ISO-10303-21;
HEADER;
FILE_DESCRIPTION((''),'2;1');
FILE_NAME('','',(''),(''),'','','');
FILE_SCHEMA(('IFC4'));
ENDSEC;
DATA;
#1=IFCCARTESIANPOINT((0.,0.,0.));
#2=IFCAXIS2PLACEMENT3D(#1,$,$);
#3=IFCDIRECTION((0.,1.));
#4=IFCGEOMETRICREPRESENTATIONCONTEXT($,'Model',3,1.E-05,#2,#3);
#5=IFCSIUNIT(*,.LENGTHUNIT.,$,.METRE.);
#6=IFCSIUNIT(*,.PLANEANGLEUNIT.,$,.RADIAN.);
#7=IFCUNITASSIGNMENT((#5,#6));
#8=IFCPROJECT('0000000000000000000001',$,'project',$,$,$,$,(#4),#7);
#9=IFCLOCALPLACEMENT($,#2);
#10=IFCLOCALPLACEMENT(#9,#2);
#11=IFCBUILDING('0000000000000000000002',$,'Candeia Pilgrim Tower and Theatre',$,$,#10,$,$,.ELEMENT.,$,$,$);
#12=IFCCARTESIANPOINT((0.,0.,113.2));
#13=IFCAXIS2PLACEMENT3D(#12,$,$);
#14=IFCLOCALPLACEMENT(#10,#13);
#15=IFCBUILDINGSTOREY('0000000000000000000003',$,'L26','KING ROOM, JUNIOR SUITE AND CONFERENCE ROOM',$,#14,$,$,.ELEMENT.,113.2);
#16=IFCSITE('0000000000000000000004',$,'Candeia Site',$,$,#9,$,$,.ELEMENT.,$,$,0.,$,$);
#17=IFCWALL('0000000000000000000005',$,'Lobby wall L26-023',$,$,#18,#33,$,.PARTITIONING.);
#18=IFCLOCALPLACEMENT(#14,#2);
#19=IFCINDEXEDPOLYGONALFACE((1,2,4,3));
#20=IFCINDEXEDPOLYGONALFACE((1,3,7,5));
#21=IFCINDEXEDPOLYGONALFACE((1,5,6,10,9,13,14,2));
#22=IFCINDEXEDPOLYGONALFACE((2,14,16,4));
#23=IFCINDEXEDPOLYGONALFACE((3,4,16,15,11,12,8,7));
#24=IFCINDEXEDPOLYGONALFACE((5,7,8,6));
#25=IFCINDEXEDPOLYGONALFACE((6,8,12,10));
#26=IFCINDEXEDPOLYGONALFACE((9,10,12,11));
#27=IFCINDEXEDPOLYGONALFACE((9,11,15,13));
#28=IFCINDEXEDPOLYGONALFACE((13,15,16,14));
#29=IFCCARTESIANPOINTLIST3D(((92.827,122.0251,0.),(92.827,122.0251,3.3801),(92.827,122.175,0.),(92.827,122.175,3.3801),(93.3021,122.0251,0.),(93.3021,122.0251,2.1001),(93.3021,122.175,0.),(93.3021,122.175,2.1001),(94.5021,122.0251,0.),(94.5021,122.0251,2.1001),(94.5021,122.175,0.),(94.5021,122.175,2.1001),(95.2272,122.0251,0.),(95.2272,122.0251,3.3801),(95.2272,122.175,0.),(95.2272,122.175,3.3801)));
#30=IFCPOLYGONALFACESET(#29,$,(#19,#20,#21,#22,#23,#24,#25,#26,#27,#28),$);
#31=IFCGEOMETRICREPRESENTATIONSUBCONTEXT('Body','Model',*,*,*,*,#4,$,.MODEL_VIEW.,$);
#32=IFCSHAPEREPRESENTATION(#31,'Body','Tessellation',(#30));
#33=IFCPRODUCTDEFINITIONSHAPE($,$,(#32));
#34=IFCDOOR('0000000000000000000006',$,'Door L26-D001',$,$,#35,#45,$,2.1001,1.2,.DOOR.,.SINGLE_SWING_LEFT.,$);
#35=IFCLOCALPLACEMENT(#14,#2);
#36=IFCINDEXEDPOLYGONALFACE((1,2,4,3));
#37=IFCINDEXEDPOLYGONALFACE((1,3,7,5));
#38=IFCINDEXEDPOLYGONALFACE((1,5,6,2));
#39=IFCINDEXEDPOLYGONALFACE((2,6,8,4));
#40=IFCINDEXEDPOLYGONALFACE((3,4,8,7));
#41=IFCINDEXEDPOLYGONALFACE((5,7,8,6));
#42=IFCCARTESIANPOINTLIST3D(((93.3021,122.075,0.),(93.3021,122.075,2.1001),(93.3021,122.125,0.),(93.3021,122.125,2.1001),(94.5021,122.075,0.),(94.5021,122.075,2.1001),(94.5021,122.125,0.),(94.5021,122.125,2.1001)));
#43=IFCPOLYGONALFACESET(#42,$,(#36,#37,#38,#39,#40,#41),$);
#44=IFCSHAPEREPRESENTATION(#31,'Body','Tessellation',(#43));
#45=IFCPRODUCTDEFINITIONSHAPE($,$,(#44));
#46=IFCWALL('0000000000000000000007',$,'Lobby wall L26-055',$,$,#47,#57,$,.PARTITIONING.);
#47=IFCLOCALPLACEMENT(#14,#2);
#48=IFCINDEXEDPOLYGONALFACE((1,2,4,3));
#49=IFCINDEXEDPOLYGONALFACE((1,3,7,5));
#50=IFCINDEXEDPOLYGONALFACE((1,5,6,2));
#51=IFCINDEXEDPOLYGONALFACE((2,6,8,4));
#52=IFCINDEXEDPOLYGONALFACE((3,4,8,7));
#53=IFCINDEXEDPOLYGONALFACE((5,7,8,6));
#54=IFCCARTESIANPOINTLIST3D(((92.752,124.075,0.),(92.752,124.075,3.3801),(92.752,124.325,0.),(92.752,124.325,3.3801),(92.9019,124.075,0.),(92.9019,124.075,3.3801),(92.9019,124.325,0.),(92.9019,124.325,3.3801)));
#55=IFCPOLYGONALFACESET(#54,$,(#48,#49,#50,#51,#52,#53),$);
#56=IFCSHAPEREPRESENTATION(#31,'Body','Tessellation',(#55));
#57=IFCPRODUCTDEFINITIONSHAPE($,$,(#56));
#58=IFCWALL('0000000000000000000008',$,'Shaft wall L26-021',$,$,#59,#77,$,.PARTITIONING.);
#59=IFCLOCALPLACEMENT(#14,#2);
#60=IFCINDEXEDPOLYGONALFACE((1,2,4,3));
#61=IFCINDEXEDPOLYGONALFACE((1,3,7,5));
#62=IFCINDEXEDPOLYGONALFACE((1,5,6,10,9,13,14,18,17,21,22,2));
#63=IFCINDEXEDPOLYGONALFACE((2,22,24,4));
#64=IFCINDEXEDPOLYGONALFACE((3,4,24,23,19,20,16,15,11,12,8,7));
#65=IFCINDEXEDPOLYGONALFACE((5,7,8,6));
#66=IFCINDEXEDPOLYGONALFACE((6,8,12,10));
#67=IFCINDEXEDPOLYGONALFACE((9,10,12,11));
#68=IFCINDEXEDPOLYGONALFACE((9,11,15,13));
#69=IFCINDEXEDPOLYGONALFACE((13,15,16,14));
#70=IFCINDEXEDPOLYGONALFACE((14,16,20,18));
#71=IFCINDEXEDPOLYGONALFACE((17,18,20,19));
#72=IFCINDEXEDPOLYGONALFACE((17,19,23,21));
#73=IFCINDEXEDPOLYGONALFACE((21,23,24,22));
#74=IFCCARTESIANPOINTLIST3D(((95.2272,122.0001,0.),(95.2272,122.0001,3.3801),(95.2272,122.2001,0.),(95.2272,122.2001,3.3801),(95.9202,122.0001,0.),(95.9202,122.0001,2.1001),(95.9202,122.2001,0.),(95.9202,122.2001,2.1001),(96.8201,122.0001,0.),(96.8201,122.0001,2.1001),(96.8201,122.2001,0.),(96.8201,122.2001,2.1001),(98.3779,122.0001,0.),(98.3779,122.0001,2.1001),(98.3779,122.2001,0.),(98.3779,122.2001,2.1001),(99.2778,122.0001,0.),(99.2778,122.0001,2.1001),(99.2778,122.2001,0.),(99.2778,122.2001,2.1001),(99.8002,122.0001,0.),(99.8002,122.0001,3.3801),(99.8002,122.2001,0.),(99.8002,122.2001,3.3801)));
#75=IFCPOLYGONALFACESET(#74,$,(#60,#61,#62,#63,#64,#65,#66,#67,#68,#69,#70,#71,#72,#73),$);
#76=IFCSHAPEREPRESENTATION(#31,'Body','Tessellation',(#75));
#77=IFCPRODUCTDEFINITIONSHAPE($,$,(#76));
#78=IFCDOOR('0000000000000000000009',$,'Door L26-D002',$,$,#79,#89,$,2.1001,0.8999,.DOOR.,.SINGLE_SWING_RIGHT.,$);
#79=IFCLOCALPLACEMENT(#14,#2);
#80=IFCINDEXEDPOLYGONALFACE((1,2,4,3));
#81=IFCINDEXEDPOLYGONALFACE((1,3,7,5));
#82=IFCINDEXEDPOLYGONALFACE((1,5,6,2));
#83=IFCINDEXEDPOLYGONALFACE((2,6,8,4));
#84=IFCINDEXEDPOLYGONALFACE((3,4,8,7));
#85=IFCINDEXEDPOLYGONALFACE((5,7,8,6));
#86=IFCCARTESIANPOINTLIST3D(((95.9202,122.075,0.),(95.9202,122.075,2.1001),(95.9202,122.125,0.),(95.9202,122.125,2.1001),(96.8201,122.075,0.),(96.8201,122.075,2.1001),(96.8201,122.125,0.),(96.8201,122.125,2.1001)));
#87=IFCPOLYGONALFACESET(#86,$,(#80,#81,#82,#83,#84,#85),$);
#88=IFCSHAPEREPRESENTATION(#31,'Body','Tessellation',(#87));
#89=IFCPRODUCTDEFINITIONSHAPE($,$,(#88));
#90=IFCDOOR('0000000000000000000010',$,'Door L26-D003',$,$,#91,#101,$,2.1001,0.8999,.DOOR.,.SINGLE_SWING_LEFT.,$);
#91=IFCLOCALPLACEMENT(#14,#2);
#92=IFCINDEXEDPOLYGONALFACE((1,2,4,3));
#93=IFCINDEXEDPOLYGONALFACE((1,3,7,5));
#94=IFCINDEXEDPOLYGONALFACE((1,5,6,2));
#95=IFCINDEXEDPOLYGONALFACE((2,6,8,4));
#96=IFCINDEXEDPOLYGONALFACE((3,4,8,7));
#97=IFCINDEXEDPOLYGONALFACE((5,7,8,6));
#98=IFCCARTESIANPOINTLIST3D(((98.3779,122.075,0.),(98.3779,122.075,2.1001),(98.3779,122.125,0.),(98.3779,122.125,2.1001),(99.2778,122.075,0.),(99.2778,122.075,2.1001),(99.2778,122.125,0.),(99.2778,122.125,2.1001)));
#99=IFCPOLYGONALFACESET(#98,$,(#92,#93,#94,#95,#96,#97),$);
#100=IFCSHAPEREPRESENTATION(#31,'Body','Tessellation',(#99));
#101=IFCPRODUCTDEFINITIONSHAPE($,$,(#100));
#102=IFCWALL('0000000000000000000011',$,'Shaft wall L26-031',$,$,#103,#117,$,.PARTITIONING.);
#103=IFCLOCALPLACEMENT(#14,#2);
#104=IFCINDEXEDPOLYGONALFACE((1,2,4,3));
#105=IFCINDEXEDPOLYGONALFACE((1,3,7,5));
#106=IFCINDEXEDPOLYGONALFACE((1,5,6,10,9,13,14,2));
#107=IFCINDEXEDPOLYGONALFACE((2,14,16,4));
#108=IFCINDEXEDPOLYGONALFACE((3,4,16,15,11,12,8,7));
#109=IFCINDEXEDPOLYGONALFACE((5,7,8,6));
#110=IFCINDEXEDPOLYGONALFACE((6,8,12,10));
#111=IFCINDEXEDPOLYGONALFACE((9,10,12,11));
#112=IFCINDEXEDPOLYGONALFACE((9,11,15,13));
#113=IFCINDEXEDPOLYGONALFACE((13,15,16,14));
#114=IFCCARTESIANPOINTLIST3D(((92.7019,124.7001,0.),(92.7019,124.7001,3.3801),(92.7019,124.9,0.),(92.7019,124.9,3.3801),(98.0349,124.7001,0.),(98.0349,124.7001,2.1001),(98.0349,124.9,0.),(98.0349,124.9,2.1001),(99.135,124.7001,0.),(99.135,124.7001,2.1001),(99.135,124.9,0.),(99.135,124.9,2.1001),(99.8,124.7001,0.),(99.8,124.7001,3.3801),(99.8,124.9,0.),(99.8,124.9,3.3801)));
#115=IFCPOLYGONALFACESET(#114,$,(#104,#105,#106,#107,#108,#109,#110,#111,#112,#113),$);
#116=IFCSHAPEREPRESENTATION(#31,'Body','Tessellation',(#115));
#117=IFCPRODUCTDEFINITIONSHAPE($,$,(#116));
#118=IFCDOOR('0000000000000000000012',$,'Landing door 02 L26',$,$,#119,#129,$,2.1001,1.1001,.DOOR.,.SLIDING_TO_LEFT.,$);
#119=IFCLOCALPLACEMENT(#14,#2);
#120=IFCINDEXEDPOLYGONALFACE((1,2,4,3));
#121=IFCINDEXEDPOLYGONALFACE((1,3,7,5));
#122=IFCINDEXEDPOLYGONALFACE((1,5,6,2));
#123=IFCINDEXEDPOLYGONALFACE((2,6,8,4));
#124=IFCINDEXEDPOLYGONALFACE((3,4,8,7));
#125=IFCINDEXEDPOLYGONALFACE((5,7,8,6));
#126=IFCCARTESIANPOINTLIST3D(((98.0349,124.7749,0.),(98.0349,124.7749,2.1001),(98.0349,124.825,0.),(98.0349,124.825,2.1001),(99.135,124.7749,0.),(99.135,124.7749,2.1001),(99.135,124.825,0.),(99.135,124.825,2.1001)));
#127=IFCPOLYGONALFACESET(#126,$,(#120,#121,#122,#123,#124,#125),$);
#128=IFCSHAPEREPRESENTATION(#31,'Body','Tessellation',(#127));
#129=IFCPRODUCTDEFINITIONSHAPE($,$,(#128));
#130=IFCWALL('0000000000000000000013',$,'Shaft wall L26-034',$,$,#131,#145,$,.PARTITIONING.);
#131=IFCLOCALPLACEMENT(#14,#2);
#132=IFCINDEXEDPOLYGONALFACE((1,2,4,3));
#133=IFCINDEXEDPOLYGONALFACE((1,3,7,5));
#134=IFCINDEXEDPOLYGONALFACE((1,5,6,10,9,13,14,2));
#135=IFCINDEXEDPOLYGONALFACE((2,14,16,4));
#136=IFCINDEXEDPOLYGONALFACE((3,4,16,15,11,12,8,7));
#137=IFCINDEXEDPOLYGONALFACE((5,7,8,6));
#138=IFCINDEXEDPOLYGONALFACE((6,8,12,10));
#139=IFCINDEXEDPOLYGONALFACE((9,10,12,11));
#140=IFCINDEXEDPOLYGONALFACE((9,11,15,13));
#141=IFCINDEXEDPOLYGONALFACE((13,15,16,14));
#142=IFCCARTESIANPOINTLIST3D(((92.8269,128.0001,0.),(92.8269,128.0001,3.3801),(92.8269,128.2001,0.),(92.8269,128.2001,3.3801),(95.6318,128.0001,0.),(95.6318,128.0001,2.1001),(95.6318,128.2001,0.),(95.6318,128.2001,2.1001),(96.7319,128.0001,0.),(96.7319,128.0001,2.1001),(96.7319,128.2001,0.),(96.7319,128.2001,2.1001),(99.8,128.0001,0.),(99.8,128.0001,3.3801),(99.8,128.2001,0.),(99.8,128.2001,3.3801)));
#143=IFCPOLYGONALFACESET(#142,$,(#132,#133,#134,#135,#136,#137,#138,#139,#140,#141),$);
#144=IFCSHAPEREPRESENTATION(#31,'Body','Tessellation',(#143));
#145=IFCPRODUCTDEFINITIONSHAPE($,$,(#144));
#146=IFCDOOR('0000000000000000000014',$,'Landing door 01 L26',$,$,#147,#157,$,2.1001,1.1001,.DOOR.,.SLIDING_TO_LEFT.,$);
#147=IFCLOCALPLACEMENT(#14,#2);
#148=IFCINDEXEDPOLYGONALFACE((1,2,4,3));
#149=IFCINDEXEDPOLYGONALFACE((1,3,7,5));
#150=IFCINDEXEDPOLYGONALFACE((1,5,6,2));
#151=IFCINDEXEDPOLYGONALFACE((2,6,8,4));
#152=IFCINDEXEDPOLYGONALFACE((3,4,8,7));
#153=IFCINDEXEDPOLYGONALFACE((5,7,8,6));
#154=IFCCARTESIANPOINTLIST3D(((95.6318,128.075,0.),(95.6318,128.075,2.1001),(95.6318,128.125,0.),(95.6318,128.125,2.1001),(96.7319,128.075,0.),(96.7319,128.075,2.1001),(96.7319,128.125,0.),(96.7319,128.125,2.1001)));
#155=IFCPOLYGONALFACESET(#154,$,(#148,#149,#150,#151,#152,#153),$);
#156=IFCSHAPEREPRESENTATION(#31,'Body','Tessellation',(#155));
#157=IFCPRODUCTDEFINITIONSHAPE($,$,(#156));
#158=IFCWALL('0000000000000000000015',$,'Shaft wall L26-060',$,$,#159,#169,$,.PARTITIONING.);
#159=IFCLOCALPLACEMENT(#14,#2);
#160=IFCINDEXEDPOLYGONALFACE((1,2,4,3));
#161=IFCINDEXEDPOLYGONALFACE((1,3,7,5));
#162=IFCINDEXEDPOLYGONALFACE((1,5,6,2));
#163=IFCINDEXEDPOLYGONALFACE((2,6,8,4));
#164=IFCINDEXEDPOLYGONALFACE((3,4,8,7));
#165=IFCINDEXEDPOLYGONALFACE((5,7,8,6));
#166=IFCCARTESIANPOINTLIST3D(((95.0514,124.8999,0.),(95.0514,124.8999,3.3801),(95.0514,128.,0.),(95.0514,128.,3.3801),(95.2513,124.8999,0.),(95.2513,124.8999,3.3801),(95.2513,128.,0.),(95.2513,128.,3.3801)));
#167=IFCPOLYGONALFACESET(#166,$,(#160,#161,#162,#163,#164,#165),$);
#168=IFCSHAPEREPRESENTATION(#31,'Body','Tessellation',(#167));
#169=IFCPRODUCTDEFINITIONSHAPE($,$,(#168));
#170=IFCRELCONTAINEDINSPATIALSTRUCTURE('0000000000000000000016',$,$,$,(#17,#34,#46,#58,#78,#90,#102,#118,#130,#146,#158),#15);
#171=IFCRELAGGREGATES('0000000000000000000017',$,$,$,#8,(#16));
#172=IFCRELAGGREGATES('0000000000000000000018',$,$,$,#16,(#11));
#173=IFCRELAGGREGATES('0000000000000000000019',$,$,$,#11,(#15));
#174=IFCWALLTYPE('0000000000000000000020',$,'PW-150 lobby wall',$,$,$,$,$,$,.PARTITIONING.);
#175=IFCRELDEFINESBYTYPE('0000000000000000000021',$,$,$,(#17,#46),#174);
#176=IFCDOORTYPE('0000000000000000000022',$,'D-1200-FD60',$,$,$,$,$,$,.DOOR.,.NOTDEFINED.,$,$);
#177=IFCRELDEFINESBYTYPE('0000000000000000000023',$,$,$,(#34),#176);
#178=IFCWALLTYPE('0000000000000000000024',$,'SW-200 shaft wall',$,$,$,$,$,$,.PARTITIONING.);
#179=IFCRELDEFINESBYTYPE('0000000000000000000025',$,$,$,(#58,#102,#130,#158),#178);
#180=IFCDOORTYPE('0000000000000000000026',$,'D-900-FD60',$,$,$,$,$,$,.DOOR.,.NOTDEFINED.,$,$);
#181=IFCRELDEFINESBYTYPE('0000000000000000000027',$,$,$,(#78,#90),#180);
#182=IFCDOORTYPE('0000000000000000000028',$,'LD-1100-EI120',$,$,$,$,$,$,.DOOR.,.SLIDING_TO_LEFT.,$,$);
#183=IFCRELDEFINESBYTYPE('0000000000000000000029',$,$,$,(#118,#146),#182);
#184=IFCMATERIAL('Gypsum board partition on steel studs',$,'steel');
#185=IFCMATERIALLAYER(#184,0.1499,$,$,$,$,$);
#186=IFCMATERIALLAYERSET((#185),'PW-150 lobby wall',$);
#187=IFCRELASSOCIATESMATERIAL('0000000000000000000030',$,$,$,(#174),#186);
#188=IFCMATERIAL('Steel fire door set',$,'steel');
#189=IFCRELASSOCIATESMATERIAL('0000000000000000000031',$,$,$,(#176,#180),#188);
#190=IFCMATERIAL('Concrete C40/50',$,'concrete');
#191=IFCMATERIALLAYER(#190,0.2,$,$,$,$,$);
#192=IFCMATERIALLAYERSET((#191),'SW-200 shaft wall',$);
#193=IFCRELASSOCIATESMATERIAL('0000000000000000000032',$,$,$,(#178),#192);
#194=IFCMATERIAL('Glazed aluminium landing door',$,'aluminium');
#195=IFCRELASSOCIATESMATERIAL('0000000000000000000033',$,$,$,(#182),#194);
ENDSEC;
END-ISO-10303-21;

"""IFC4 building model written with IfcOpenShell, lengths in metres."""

from ifc_helpers import new_model, si_unit, direction, frame, frame_2d, origin, place, context, subcontext, project, spatial, rectangle, extrude, material, layer, layer_set, type_object, element, fill, save


model = new_model("IFC4")

# Units and contexts
model_context = context("Model", 3, precision=1e-05, world=origin(), true_north=direction((0.0, 1.0)))
body_context = subcontext(model_context, "Body", "Model", "MODEL_VIEW")
ifc_project = project(units=[si_unit("LENGTHUNIT", "METRE"), si_unit("PLANEANGLEUNIT", "RADIAN")], contexts=[model_context])

# Site, building, storey
site_placement = place(None, origin())
site = spatial("IfcSite", under=ifc_project, at=site_placement, Name="Candeia Site", CompositionType="ELEMENT", RefElevation=0.0)
building_placement = place(site_placement, origin())
building = spatial("IfcBuilding", under=site, at=building_placement, Name="Candeia Pilgrim Tower and Theatre", CompositionType="ELEMENT")
storey_placement = place(building_placement, frame((0.0, 0.0, 113.2)))
storey = spatial("IfcBuildingStorey", under=building, at=storey_placement, Name="L26", Description="KING ROOM, JUNIOR SUITE AND CONFERENCE ROOM", CompositionType="ELEMENT", Elevation=113.2)

# Wall, opening, door
ifc_material_1 = material(Name="Gypsum board partition on steel studs", Category="steel")
ifc_layer_1 = layer(ifc_material_1, 0.1499)
ifc_layer_set_1 = layer_set([ifc_layer_1], Name="PW-150 lobby wall")
wall_type_1 = type_object("IfcWallType", Name="PW-150 lobby wall", PredefinedType="PARTITIONING", material=ifc_layer_set_1)
wall_1_placement = place(storey_placement, frame((92.8269, 122.1001, 0.0), z_axis=(0.0, 0.0, 1.0), x_axis=(1.0, 0.0, 0.0)))
wall_1 = element("IfcWall", 1, at=wall_1_placement, inside=storey, type_object=wall_type_1, Name="Lobby wall L26-023", PredefinedType="PARTITIONING", context=body_context, shape_type="SweptSolid", body=[
    extrude(rectangle(XDim=2.4001, YDim=0.1499, at=frame_2d((1.2002, 0.0))), origin(), (0.0, 0.0, 1.0), 3.3801),
])
opening_1_placement = place(wall_1_placement, frame((0.4751, 0.0, 0.0)))
opening_1 = element("IfcOpeningElement", 2, at=opening_1_placement, cuts=wall_1, PredefinedType="OPENING", context=body_context, shape_type="SweptSolid", body=[
    extrude(rectangle(XDim=1.2, YDim=2.1001, at=frame_2d((0.6001, 1.05))), frame((0.0, 0.085, 0.0), z_axis=(0.0, -1.0, 0.0), x_axis=(1.0, 0.0, 0.0)), (0.0, 0.0, 1.0), 0.1699),
])
ifc_material_2 = material(Name="Steel fire door set", Category="steel")
door_type_1 = type_object("IfcDoorType", Name="D-1200-FD60", OperationType="NOTDEFINED", PredefinedType="DOOR", material=ifc_material_2)
door_1_placement = place(opening_1_placement, origin())
door_1 = element("IfcDoor", 3, at=door_1_placement, inside=storey, type_object=door_type_1, Name="Door L26-D001", OperationType="SINGLE_SWING_LEFT", OverallHeight=2.1001, OverallWidth=1.2, PredefinedType="DOOR", context=body_context, shape_type="SweptSolid", body=[
    extrude(rectangle(XDim=1.2, YDim=2.1001, at=frame_2d((0.6001, 1.05))), frame((0.0, 0.0249, 0.0), z_axis=(0.0, -1.0, 0.0), x_axis=(1.0, 0.0, 0.0)), (0.0, 0.0, 1.0), 0.05),
])
fill(opening_1, door_1)

# Wall
wall_2_placement = place(storey_placement, frame((92.8269, 124.075, 0.0), z_axis=(0.0, 0.0, 1.0), x_axis=(0.0, 1.0, 0.0)))
element("IfcWall", 4, at=wall_2_placement, inside=storey, type_object=wall_type_1, Name="Lobby wall L26-055", PredefinedType="PARTITIONING", context=body_context, shape_type="SweptSolid", body=[
    extrude(rectangle(XDim=0.25, YDim=0.1499, at=frame_2d((0.125, 0.0))), origin(), (0.0, 0.0, 1.0), 3.3801),
])

# Wall, openings, doors
ifc_material_3 = material(Name="Concrete C40/50", Category="concrete")
ifc_layer_2 = layer(ifc_material_3, 0.2)
ifc_layer_set_2 = layer_set([ifc_layer_2], Name="SW-200 shaft wall")
wall_type_2 = type_object("IfcWallType", Name="SW-200 shaft wall", PredefinedType="PARTITIONING", material=ifc_layer_set_2)
wall_3_placement = place(storey_placement, frame((95.2271, 122.1001, 0.0), z_axis=(0.0, 0.0, 1.0), x_axis=(1.0, 0.0, 0.0)))
wall_3 = element("IfcWall", 5, at=wall_3_placement, inside=storey, type_object=wall_type_2, Name="Shaft wall L26-021", PredefinedType="PARTITIONING", context=body_context, shape_type="SweptSolid", body=[
    extrude(rectangle(XDim=4.573, YDim=0.2, at=frame_2d((2.2866, 0.0))), origin(), (0.0, 0.0, 1.0), 3.3801),
])
opening_2_placement = place(wall_3_placement, frame((0.6931, 0.0, 0.0)))
opening_2 = element("IfcOpeningElement", 6, at=opening_2_placement, cuts=wall_3, PredefinedType="OPENING", context=body_context, shape_type="SweptSolid", body=[
    extrude(rectangle(XDim=0.8999, YDim=2.1001, at=frame_2d((0.45, 1.05))), frame((0.0, 0.1099, 0.0), z_axis=(0.0, -1.0, 0.0), x_axis=(1.0, 0.0, 0.0)), (0.0, 0.0, 1.0), 0.22),
])
opening_3_placement = place(wall_3_placement, frame((3.1509, 0.0, 0.0)))
opening_3 = element("IfcOpeningElement", 7, at=opening_3_placement, cuts=wall_3, PredefinedType="OPENING", context=body_context, shape_type="SweptSolid", body=[
    extrude(rectangle(XDim=0.8999, YDim=2.1001, at=frame_2d((0.45, 1.05))), frame((0.0, 0.1099, 0.0), z_axis=(0.0, -1.0, 0.0), x_axis=(1.0, 0.0, 0.0)), (0.0, 0.0, 1.0), 0.22),
])
door_type_2 = type_object("IfcDoorType", Name="D-900-FD60", OperationType="NOTDEFINED", PredefinedType="DOOR", material=ifc_material_2)
door_2_placement = place(opening_2_placement, origin())
door_2 = element("IfcDoor", 8, at=door_2_placement, inside=storey, type_object=door_type_2, Name="Door L26-D002", OperationType="SINGLE_SWING_RIGHT", OverallHeight=2.1001, OverallWidth=0.8999, PredefinedType="DOOR", context=body_context, shape_type="SweptSolid", body=[
    extrude(rectangle(XDim=0.8999, YDim=2.1001, at=frame_2d((0.45, 1.05))), frame((0.0, 0.0249, 0.0), z_axis=(0.0, -1.0, 0.0), x_axis=(1.0, 0.0, 0.0)), (0.0, 0.0, 1.0), 0.05),
])
fill(opening_2, door_2)
door_3_placement = place(opening_3_placement, origin())
door_3 = element("IfcDoor", 9, at=door_3_placement, inside=storey, type_object=door_type_2, Name="Door L26-D003", OperationType="SINGLE_SWING_LEFT", OverallHeight=2.1001, OverallWidth=0.8999, PredefinedType="DOOR", context=body_context, shape_type="SweptSolid", body=[
    extrude(rectangle(XDim=0.8999, YDim=2.1001, at=frame_2d((0.45, 1.05))), frame((0.0, 0.0249, 0.0), z_axis=(0.0, -1.0, 0.0), x_axis=(1.0, 0.0, 0.0)), (0.0, 0.0, 1.0), 0.05),
])
fill(opening_3, door_3)

# Walls, openings, doors
wall_4_placement = place(storey_placement, frame((92.7019, 124.8, 0.0), z_axis=(0.0, 0.0, 1.0), x_axis=(1.0, 0.0, 0.0)))
wall_4 = element("IfcWall", 10, at=wall_4_placement, inside=storey, type_object=wall_type_2, Name="Shaft wall L26-031", PredefinedType="PARTITIONING", context=body_context, shape_type="SweptSolid", body=[
    extrude(rectangle(XDim=7.0981, YDim=0.2, at=frame_2d((3.5491, 0.0))), origin(), (0.0, 0.0, 1.0), 3.3801),
])
opening_4_placement = place(wall_4_placement, frame((5.333, 0.0, 0.0)))
opening_4 = element("IfcOpeningElement", 11, at=opening_4_placement, cuts=wall_4, PredefinedType="OPENING", context=body_context, shape_type="SweptSolid", body=[
    extrude(rectangle(XDim=1.1001, YDim=2.1001, at=frame_2d((0.55, 1.05))), frame((0.0, 0.1099, 0.0), z_axis=(0.0, -1.0, 0.0), x_axis=(1.0, 0.0, 0.0)), (0.0, 0.0, 1.0), 0.22),
])
ifc_material_4 = material(Name="Glazed aluminium landing door", Category="aluminium")
door_type_3 = type_object("IfcDoorType", Name="LD-1100-EI120", OperationType="SLIDING_TO_LEFT", PredefinedType="DOOR", material=ifc_material_4)
door_4_placement = place(opening_4_placement, origin())
door_4 = element("IfcDoor", 12, at=door_4_placement, inside=storey, type_object=door_type_3, Name="Landing door 02 L26", OperationType="SLIDING_TO_LEFT", OverallHeight=2.1001, OverallWidth=1.1001, PredefinedType="DOOR", context=body_context, shape_type="SweptSolid", body=[
    extrude(rectangle(XDim=1.1001, YDim=2.1001, at=frame_2d((0.55, 1.05))), frame((0.0, 0.0249, 0.0), z_axis=(0.0, -1.0, 0.0), x_axis=(1.0, 0.0, 0.0)), (0.0, 0.0, 1.0), 0.05),
])
fill(opening_4, door_4)
wall_5_placement = place(storey_placement, frame((92.8269, 128.1001, 0.0), z_axis=(0.0, 0.0, 1.0), x_axis=(1.0, 0.0, 0.0)))
wall_5 = element("IfcWall", 13, at=wall_5_placement, inside=storey, type_object=wall_type_2, Name="Shaft wall L26-034", PredefinedType="PARTITIONING", context=body_context, shape_type="SweptSolid", body=[
    extrude(rectangle(XDim=6.9731, YDim=0.2, at=frame_2d((3.4866, 0.0))), origin(), (0.0, 0.0, 1.0), 3.3801),
])
opening_5_placement = place(wall_5_placement, frame((2.8049, 0.0, 0.0)))
opening_5 = element("IfcOpeningElement", 14, at=opening_5_placement, cuts=wall_5, PredefinedType="OPENING", context=body_context, shape_type="SweptSolid", body=[
    extrude(rectangle(XDim=1.1001, YDim=2.1001, at=frame_2d((0.55, 1.05))), frame((0.0, 0.1099, 0.0), z_axis=(0.0, -1.0, 0.0), x_axis=(1.0, 0.0, 0.0)), (0.0, 0.0, 1.0), 0.22),
])
door_5_placement = place(opening_5_placement, origin())
door_5 = element("IfcDoor", 15, at=door_5_placement, inside=storey, type_object=door_type_3, Name="Landing door 01 L26", OperationType="SLIDING_TO_LEFT", OverallHeight=2.1001, OverallWidth=1.1001, PredefinedType="DOOR", context=body_context, shape_type="SweptSolid", body=[
    extrude(rectangle(XDim=1.1001, YDim=2.1001, at=frame_2d((0.55, 1.05))), frame((0.0, 0.0249, 0.0), z_axis=(0.0, -1.0, 0.0), x_axis=(1.0, 0.0, 0.0)), (0.0, 0.0, 1.0), 0.05),
])
fill(opening_5, door_5)

# Wall
wall_6_placement = place(storey_placement, frame((95.1514, 124.8999, 0.0), z_axis=(0.0, 0.0, 1.0), x_axis=(0.0, 1.0, 0.0)))
element("IfcWall", 16, at=wall_6_placement, inside=storey, type_object=wall_type_2, Name="Shaft wall L26-060", PredefinedType="PARTITIONING", context=body_context, shape_type="SweptSolid", body=[
    extrude(rectangle(XDim=3.1001, YDim=0.2, at=frame_2d((1.55, 0.0))), origin(), (0.0, 0.0, 1.0), 3.3801),
])

save(model, "model.ifc")
